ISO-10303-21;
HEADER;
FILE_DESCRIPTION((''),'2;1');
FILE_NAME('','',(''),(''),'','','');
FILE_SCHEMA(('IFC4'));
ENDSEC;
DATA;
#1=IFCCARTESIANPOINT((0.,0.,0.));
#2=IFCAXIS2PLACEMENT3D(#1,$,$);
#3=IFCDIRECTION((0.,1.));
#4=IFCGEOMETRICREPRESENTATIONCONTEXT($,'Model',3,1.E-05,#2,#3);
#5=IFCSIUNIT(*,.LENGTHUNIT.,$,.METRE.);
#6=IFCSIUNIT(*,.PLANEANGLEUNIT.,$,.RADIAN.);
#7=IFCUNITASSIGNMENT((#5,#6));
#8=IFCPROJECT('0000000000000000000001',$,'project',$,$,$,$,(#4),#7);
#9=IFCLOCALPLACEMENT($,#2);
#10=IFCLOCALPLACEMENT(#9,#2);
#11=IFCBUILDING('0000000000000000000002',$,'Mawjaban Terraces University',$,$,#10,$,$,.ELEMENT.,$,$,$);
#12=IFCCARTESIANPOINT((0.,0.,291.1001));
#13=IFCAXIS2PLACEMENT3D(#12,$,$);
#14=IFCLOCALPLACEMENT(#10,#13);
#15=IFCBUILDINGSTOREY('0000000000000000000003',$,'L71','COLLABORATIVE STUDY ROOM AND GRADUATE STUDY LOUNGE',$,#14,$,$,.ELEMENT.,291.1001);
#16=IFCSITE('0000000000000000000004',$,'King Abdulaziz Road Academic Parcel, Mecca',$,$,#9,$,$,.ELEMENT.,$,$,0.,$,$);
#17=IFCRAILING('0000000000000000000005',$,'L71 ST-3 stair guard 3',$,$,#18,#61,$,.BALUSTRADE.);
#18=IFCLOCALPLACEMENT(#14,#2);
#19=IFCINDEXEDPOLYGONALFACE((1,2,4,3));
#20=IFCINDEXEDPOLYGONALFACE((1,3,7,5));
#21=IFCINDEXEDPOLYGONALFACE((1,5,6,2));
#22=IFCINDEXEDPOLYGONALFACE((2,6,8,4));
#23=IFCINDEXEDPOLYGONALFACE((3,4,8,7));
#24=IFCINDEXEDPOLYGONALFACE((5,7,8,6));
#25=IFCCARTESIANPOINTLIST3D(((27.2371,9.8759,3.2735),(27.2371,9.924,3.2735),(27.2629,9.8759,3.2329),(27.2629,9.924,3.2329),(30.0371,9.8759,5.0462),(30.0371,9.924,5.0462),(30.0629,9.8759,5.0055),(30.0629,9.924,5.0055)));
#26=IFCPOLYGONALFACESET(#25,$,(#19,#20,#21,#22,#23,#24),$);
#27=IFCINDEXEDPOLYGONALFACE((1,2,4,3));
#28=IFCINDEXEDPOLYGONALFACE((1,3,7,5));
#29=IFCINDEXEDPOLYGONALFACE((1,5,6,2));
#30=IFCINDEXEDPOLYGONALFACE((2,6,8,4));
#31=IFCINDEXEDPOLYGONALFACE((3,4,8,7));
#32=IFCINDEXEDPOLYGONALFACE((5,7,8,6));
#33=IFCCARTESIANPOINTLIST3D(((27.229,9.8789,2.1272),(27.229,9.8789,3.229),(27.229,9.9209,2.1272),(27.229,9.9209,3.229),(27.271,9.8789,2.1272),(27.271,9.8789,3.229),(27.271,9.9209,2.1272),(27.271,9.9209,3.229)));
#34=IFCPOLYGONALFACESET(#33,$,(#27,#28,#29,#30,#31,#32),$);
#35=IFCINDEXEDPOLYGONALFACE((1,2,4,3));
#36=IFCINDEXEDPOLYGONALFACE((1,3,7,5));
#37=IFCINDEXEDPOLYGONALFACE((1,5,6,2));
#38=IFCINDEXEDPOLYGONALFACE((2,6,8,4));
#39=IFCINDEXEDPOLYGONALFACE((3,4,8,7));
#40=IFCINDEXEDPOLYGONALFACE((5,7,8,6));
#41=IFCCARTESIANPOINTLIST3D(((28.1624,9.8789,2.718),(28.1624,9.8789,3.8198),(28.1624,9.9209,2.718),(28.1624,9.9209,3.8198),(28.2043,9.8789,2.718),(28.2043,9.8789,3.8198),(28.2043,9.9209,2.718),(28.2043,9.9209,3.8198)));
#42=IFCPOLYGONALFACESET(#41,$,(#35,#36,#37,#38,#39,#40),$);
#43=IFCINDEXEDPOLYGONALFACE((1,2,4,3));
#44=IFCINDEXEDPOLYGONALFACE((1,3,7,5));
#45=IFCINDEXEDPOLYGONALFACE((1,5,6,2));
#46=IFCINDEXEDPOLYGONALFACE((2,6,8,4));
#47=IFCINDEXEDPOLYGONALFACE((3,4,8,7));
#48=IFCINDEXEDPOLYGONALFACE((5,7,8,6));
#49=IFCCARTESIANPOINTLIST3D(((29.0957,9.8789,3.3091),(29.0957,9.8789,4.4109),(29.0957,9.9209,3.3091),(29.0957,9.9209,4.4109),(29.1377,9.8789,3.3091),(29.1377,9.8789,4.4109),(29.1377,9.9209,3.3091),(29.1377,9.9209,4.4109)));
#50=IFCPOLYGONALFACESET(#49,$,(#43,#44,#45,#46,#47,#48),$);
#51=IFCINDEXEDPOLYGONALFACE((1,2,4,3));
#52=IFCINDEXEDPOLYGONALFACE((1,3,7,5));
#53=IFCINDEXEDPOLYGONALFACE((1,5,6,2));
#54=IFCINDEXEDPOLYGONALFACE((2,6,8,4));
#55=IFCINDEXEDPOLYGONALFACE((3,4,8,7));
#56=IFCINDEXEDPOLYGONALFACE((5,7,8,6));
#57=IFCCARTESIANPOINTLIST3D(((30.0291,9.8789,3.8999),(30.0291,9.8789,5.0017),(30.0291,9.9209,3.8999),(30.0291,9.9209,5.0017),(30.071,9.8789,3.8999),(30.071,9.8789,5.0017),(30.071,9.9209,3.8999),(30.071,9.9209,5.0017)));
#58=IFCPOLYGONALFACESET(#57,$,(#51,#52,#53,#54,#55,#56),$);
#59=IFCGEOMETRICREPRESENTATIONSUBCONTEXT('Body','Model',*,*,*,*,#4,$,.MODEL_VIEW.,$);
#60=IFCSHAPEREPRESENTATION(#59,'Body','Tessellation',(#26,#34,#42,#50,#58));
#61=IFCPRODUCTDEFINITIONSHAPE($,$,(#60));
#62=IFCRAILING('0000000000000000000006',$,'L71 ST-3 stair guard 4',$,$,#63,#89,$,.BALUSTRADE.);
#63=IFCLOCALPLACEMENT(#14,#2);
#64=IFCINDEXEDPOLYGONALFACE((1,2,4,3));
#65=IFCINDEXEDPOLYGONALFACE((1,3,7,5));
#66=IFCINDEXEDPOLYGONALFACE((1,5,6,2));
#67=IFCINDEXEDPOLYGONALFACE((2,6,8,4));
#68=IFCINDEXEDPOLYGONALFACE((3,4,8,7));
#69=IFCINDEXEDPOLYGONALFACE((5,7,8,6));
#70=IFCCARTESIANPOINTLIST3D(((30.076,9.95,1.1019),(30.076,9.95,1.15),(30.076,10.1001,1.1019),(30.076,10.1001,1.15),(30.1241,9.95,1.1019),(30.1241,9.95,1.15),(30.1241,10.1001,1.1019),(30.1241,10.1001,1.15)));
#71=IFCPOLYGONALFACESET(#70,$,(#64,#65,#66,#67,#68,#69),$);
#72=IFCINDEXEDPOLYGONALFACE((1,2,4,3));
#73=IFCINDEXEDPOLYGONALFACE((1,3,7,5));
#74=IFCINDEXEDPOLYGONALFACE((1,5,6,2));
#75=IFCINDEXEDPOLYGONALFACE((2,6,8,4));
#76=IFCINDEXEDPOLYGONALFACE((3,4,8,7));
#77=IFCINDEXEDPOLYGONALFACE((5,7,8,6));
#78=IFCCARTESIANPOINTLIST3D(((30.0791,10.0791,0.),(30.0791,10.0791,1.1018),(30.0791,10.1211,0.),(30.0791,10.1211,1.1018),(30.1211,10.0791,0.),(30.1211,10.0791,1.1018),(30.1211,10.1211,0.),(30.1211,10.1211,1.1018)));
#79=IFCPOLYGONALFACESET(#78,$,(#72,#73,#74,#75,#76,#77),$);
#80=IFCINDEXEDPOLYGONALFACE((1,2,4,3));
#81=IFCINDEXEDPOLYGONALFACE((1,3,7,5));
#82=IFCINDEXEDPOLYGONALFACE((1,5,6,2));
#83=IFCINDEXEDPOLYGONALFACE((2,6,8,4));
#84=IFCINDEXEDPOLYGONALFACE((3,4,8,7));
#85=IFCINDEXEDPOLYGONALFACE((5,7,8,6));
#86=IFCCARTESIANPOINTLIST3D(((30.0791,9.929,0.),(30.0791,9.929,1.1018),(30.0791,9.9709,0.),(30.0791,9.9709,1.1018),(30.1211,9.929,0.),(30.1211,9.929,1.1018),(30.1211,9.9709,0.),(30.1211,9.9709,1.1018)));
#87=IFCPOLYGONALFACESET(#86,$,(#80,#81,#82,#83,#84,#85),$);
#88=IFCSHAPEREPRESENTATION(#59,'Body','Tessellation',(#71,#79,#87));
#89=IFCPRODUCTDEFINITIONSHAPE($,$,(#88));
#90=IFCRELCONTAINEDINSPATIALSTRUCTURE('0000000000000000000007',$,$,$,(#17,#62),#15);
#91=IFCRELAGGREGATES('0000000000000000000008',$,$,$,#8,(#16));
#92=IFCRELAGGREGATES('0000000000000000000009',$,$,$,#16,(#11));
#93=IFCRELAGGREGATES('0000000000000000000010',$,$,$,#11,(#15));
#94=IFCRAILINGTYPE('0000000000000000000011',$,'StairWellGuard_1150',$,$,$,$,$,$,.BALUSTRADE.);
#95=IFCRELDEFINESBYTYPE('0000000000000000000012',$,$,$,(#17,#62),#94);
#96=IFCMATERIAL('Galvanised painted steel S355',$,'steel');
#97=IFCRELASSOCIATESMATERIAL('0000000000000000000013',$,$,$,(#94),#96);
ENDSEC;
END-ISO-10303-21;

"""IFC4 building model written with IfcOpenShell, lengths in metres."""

from ifc_helpers import new_model, si_unit, direction, frame, origin, origin_2d, place, context, subcontext, project, spatial, rectangle, extrude, material, type_object, element, save


model = new_model("IFC4")

# Units and contexts
model_context = context("Model", 3, precision=1e-05, world=origin(), true_north=direction((0.0, 1.0)))
body_context = subcontext(model_context, "Body", "Model", "MODEL_VIEW")
ifc_project = project(units=[si_unit("LENGTHUNIT", "METRE"), si_unit("PLANEANGLEUNIT", "RADIAN")], contexts=[model_context])

# Site, building, storey
site_placement = place(None, origin())
site = spatial("IfcSite", under=ifc_project, at=site_placement, Name="King Abdulaziz Road Academic Parcel, Mecca", CompositionType="ELEMENT", RefElevation=0.0)
building_placement = place(site_placement, origin())
building = spatial("IfcBuilding", under=site, at=building_placement, Name="Mawjaban Terraces University", CompositionType="ELEMENT")
storey_placement = place(building_placement, frame((0.0, 0.0, 291.1001)))
storey = spatial("IfcBuildingStorey", under=building, at=storey_placement, Name="L71", Description="COLLABORATIVE STUDY ROOM AND GRADUATE STUDY LOUNGE", CompositionType="ELEMENT", Elevation=291.1001)

# Railings
ifc_material_1 = material(Name="Galvanised painted steel S355", Category="steel")
railing_type_1 = type_object("IfcRailingType", Name="StairWellGuard_1150", PredefinedType="BALUSTRADE", material=ifc_material_1)
railing_1_placement = place(storey_placement, frame((27.25, 9.8999, 2.1272)))
element("IfcRailing", 1, at=railing_1_placement, inside=storey, type_object=railing_type_1, Name="L71 ST-3 stair guard 3", PredefinedType="BALUSTRADE", context=body_context, shape_type="SweptSolid", body=[
    extrude(rectangle(XDim=0.0481, YDim=0.0481, at=origin_2d()), frame((0.0, 0.0, 1.126), z_axis=(0.844909, 0.0, 0.53491), x_axis=(0.0, 1.0, 0.0)), (0.0, 0.0, 1.0), 3.314),
    extrude(rectangle(XDim=0.042, YDim=0.042, at=origin_2d()), origin(), (0.0, 0.0, 1.0), 1.1018),
    extrude(rectangle(XDim=0.042, YDim=0.042, at=origin_2d()), frame((0.9333, 0.0, 0.5908)), (0.0, 0.0, 1.0), 1.1018),
    extrude(rectangle(XDim=0.042, YDim=0.042, at=origin_2d()), frame((1.8667, 0.0, 1.1819)), (0.0, 0.0, 1.0), 1.1018),
    extrude(rectangle(XDim=0.042, YDim=0.042, at=origin_2d()), frame((2.8, 0.0, 1.7727)), (0.0, 0.0, 1.0), 1.1018),
])
railing_2_placement = place(storey_placement, frame((30.1001, 10.1001, 0.0)))
element("IfcRailing", 2, at=railing_2_placement, inside=storey, type_object=railing_type_1, Name="L71 ST-3 stair guard 4", PredefinedType="BALUSTRADE", context=body_context, shape_type="SweptSolid", body=[
    extrude(rectangle(XDim=0.0481, YDim=0.0481, at=origin_2d()), frame((0.0, 0.0, 1.126), z_axis=(0.0, -1.0, 0.0), x_axis=(1.0, 0.0, 0.0)), (0.0, 0.0, 1.0), 0.1501),
    extrude(rectangle(XDim=0.042, YDim=0.042, at=origin_2d()), origin(), (0.0, 0.0, 1.0), 1.1018),
    extrude(rectangle(XDim=0.042, YDim=0.042, at=origin_2d()), frame((0.0, -0.1501, 0.0)), (0.0, 0.0, 1.0), 1.1018),
])

save(model, "model.ifc")
